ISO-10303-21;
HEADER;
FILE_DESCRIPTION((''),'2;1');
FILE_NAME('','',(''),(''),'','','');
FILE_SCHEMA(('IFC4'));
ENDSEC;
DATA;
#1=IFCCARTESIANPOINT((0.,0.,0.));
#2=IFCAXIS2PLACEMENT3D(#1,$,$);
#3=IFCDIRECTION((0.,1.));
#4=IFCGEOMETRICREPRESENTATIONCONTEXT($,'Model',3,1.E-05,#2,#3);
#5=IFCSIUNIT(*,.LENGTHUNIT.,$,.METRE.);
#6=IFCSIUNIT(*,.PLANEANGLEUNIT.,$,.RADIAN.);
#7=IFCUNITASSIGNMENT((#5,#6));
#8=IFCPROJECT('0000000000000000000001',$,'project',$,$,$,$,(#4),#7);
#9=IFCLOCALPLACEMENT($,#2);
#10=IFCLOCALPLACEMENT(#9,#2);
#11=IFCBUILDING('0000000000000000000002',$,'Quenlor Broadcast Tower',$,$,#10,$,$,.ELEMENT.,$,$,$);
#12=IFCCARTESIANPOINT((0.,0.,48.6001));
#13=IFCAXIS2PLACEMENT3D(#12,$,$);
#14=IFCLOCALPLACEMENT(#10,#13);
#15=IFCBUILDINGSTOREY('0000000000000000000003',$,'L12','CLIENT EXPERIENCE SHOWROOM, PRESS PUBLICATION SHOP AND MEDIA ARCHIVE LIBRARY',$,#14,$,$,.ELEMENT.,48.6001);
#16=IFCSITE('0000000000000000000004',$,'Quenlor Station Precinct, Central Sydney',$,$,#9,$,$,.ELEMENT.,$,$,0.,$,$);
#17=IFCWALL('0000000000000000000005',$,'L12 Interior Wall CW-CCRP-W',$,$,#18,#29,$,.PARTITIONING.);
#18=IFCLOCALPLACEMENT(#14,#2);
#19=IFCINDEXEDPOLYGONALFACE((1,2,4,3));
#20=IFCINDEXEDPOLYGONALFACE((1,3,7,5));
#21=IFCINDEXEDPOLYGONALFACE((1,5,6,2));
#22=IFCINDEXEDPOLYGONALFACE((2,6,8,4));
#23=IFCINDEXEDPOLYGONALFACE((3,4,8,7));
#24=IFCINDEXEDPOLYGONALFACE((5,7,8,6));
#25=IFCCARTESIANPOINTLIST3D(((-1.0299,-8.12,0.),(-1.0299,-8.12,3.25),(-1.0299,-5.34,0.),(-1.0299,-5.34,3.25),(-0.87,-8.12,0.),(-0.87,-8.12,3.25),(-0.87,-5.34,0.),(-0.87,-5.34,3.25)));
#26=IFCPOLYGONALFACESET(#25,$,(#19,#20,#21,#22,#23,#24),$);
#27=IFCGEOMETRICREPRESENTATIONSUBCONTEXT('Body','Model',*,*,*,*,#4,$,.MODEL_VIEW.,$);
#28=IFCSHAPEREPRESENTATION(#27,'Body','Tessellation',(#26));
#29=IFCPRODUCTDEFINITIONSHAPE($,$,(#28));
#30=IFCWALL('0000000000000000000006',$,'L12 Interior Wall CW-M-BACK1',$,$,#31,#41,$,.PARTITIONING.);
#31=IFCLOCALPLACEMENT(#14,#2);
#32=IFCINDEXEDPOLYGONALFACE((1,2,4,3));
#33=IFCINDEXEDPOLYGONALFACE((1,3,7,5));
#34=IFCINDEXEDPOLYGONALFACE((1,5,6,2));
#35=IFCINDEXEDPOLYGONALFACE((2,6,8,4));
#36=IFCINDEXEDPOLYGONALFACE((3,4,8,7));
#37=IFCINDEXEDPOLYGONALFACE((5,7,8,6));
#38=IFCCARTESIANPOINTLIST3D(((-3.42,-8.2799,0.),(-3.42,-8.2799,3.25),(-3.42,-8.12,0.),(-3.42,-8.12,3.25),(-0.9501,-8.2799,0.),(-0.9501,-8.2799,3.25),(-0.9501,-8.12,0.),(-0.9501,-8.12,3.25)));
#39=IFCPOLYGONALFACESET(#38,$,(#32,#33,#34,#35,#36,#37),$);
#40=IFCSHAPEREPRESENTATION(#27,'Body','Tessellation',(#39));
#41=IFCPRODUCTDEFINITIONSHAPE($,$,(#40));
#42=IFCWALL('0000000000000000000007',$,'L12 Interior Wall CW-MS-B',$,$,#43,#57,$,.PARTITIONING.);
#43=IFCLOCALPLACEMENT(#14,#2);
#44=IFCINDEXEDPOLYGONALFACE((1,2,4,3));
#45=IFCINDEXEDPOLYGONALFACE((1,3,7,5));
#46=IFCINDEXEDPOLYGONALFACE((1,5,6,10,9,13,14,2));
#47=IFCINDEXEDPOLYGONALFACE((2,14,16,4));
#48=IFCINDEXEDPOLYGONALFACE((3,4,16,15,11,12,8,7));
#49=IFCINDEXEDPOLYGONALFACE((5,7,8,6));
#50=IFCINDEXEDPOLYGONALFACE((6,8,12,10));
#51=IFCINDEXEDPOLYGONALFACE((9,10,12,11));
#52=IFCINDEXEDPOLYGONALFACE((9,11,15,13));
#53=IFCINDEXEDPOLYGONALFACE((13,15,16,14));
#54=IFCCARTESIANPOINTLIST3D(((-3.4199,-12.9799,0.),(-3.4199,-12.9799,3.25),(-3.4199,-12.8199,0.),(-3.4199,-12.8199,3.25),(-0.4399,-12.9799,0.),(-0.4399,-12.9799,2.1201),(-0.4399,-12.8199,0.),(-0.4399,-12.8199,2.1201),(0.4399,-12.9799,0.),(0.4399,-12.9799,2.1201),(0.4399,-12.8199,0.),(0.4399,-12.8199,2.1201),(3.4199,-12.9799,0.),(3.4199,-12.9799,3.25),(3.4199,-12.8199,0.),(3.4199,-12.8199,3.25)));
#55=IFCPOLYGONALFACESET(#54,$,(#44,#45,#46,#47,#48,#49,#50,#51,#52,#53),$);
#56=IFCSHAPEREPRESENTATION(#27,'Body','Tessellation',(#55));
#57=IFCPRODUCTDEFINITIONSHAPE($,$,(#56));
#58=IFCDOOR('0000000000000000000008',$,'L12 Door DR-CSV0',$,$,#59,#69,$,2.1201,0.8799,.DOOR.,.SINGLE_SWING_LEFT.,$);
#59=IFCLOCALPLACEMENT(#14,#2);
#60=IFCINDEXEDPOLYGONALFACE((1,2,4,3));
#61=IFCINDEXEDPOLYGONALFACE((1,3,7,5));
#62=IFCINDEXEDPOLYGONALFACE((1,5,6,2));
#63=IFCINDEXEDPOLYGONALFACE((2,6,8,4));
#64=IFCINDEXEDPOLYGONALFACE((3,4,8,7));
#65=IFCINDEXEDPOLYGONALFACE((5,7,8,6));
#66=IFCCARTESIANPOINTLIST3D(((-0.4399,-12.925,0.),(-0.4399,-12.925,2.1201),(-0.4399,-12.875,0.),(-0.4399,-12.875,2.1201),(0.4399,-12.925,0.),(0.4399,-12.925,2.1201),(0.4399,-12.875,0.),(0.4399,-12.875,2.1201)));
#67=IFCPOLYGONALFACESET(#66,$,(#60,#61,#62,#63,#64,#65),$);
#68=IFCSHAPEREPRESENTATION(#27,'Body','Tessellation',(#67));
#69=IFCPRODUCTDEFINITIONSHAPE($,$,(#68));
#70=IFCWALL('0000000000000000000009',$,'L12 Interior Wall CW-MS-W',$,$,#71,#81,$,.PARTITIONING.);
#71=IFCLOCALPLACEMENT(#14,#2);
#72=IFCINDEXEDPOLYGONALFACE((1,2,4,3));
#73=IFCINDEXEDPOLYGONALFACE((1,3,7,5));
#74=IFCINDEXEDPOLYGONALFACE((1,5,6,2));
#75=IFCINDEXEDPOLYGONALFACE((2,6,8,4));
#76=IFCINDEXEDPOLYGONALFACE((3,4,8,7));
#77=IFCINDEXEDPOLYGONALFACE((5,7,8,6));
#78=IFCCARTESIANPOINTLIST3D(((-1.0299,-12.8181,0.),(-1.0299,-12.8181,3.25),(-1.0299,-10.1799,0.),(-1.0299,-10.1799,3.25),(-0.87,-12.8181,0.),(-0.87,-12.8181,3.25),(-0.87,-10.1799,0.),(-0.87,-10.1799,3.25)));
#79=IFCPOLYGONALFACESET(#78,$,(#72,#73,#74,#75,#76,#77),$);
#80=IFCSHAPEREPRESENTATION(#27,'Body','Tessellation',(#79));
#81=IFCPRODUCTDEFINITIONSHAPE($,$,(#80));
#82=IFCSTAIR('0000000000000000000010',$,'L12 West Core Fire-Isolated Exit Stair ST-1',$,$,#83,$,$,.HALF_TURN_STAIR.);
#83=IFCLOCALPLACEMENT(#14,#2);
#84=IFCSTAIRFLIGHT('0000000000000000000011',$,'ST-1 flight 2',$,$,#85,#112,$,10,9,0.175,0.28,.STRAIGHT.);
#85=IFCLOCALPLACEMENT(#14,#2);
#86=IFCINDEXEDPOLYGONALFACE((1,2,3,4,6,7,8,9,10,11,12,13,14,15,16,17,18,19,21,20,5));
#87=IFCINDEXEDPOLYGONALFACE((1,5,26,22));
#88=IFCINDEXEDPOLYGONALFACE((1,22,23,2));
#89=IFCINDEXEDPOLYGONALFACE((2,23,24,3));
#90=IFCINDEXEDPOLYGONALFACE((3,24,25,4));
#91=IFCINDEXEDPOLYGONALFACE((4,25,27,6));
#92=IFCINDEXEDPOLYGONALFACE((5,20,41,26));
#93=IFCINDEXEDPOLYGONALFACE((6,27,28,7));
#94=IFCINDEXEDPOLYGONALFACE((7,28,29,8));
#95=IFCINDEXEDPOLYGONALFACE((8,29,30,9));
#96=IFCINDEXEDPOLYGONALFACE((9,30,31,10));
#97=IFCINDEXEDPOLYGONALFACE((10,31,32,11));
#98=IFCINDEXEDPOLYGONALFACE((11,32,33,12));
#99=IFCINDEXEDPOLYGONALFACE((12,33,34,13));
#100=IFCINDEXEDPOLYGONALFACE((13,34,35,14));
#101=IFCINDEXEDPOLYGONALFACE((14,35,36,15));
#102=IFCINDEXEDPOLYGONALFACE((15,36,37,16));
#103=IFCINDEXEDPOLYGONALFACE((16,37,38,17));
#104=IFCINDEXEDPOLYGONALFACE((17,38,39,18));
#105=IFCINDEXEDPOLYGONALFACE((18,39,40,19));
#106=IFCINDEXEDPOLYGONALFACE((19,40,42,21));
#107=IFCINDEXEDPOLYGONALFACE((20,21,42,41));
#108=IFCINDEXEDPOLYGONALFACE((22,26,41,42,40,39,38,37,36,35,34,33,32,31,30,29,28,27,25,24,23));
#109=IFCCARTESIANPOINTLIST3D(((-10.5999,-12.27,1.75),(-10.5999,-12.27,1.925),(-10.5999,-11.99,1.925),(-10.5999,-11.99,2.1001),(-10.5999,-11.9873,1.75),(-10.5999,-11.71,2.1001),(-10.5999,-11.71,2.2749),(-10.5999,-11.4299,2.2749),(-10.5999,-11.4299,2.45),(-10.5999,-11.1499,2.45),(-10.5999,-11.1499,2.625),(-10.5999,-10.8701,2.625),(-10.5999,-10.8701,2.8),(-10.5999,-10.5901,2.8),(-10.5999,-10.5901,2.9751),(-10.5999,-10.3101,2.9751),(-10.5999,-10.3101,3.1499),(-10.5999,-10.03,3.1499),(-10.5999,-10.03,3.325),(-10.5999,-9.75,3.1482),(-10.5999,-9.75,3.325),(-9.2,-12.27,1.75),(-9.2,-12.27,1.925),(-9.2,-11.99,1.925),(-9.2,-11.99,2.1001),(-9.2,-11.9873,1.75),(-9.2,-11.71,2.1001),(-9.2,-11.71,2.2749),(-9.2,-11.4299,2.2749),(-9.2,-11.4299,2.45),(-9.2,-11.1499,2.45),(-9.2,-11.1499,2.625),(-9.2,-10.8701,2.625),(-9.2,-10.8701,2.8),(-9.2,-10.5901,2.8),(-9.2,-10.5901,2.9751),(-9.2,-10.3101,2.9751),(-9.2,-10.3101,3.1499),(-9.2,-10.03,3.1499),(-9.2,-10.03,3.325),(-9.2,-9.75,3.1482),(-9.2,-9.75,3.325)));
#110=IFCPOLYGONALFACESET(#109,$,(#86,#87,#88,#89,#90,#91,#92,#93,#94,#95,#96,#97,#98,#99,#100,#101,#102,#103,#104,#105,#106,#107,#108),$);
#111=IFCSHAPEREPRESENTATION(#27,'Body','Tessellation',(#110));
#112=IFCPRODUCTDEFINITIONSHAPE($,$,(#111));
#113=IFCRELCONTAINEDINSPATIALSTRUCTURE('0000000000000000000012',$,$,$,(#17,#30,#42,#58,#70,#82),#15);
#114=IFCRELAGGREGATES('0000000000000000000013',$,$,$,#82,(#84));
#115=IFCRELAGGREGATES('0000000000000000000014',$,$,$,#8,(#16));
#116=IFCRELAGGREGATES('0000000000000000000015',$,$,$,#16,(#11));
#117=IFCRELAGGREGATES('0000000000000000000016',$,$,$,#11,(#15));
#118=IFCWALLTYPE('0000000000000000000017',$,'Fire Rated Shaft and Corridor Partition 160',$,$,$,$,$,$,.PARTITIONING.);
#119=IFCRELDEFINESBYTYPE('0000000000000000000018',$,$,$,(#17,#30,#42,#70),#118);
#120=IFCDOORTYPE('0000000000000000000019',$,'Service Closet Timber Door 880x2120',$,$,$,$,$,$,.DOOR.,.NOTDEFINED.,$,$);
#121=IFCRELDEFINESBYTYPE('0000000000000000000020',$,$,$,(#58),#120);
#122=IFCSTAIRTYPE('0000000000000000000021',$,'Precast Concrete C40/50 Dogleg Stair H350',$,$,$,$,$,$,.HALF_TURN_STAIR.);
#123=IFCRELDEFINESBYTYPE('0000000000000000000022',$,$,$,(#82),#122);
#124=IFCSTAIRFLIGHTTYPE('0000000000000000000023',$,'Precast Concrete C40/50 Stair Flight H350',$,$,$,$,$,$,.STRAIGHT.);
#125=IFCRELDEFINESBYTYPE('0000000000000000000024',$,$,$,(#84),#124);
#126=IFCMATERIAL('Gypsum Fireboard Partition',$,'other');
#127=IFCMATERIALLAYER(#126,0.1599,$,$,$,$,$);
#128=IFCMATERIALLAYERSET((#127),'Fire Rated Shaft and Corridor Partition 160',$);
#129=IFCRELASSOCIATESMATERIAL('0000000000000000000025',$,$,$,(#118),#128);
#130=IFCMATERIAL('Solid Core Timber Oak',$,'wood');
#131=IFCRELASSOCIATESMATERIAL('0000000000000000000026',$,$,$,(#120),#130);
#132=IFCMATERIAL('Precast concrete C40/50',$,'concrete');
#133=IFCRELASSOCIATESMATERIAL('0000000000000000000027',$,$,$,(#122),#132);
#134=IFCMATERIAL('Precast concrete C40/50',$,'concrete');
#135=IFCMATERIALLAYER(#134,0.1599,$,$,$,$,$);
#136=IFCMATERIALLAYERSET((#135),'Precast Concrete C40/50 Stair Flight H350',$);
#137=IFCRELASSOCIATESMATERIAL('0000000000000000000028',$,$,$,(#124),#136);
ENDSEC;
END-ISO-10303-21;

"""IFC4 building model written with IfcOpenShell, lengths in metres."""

from ifc_helpers import new_model, si_unit, direction, frame, frame_2d, origin, place, context, subcontext, project, spatial, polyline, rectangle, outline, extrude, material, layer, layer_set, type_object, element, fill, aggregate, save


model = new_model("IFC4")

# Units and contexts
model_context = context("Model", 3, precision=1e-05, world=origin(), true_north=direction((0.0, 1.0)))
body_context = subcontext(model_context, "Body", "Model", "MODEL_VIEW")
ifc_project = project(units=[si_unit("LENGTHUNIT", "METRE"), si_unit("PLANEANGLEUNIT", "RADIAN")], contexts=[model_context])

# Site, building, storey
site_placement = place(None, origin())
site = spatial("IfcSite", under=ifc_project, at=site_placement, Name="Quenlor Station Precinct, Central Sydney", CompositionType="ELEMENT", RefElevation=0.0)
building_placement = place(site_placement, origin())
building = spatial("IfcBuilding", under=site, at=building_placement, Name="Quenlor Broadcast Tower", CompositionType="ELEMENT")
storey_placement = place(building_placement, frame((0.0, 0.0, 48.6001)))
storey = spatial("IfcBuildingStorey", under=building, at=storey_placement, Name="L12", Description="CLIENT EXPERIENCE SHOWROOM, PRESS PUBLICATION SHOP AND MEDIA ARCHIVE LIBRARY", CompositionType="ELEMENT", Elevation=48.6001)

# Walls
ifc_material_1 = material(Name="Gypsum Fireboard Partition", Category="other")
ifc_layer_1 = layer(ifc_material_1, 0.1599)
ifc_layer_set_1 = layer_set([ifc_layer_1], Name="Fire Rated Shaft and Corridor Partition 160")
wall_type_1 = type_object("IfcWallType", Name="Fire Rated Shaft and Corridor Partition 160", PredefinedType="PARTITIONING", material=ifc_layer_set_1)
wall_1_placement = place(storey_placement, frame((-0.95, -8.1201, 0.0), z_axis=(0.0, 0.0, 1.0), x_axis=(0.0, 1.0, 0.0)))
element("IfcWall", 1, at=wall_1_placement, inside=storey, type_object=wall_type_1, Name="L12 Interior Wall CW-CCRP-W", PredefinedType="PARTITIONING", context=body_context, shape_type="SweptSolid", body=[
    extrude(rectangle(XDim=2.78, YDim=0.1599, at=frame_2d((1.3901, 0.0))), origin(), (0.0, 0.0, 1.0), 3.25),
])
wall_2_placement = place(storey_placement, frame((-3.4199, -8.2, 0.0), z_axis=(0.0, 0.0, 1.0), x_axis=(1.0, 0.0, 0.0)))
element("IfcWall", 2, at=wall_2_placement, inside=storey, type_object=wall_type_1, Name="L12 Interior Wall CW-M-BACK1", PredefinedType="PARTITIONING", context=body_context, shape_type="SweptSolid", body=[
    extrude(rectangle(XDim=2.47, YDim=0.1599, at=frame_2d((1.2349, 0.0))), origin(), (0.0, 0.0, 1.0), 3.25),
])

# Wall, opening, door
wall_3_placement = place(storey_placement, frame((-3.4199, -12.8999, 0.0), z_axis=(0.0, 0.0, 1.0), x_axis=(1.0, 0.0, 0.0)))
wall_3 = element("IfcWall", 3, at=wall_3_placement, inside=storey, type_object=wall_type_1, Name="L12 Interior Wall CW-MS-B", PredefinedType="PARTITIONING", context=body_context, shape_type="SweptSolid", body=[
    extrude(rectangle(XDim=6.8398, YDim=0.1599, at=frame_2d((3.4199, 0.0))), origin(), (0.0, 0.0, 1.0), 3.25),
])
opening_1_placement = place(wall_3_placement, frame((2.98, 0.0, 0.0)))
opening_1 = element("IfcOpeningElement", 4, at=opening_1_placement, cuts=wall_3, PredefinedType="OPENING", context=body_context, shape_type="SweptSolid", body=[
    extrude(rectangle(XDim=0.8799, YDim=2.1201, at=frame_2d((0.4399, 1.0601))), frame((0.0, 0.0898, 0.0), z_axis=(0.0, -1.0, 0.0), x_axis=(1.0, 0.0, 0.0)), (0.0, 0.0, 1.0), 0.1799),
])
ifc_material_2 = material(Name="Solid Core Timber Oak", Category="wood")
door_type_1 = type_object("IfcDoorType", Name="Service Closet Timber Door 880x2120", OperationType="NOTDEFINED", PredefinedType="DOOR", material=ifc_material_2)
door_1_placement = place(opening_1_placement, origin())
door_1 = element("IfcDoor", 5, at=door_1_placement, inside=storey, type_object=door_type_1, Name="L12 Door DR-CSV0", OperationType="SINGLE_SWING_LEFT", OverallHeight=2.1201, OverallWidth=0.8799, PredefinedType="DOOR", context=body_context, shape_type="SweptSolid", body=[
    extrude(rectangle(XDim=0.8799, YDim=2.1201, at=frame_2d((0.4399, 1.0601))), frame((0.0, 0.0249, 0.0), z_axis=(0.0, -1.0, 0.0), x_axis=(1.0, 0.0, 0.0)), (0.0, 0.0, 1.0), 0.05),
])
fill(opening_1, door_1)

# Wall
wall_4_placement = place(storey_placement, frame((-0.95, -12.8181, 0.0), z_axis=(0.0, 0.0, 1.0), x_axis=(0.0, 1.0, 0.0)))
element("IfcWall", 6, at=wall_4_placement, inside=storey, type_object=wall_type_1, Name="L12 Interior Wall CW-MS-W", PredefinedType="PARTITIONING", context=body_context, shape_type="SweptSolid", body=[
    extrude(rectangle(XDim=2.6382, YDim=0.1599, at=frame_2d((1.3191, 0.0))), origin(), (0.0, 0.0, 1.0), 3.25),
])

# Stair, stair flight
ifc_material_3 = material(Name="Precast concrete C40/50", Category="concrete")
stair_type = type_object("IfcStairType", Name="Precast Concrete C40/50 Dogleg Stair H350", PredefinedType="HALF_TURN_STAIR", material=ifc_material_3)
stair_placement = place(storey_placement, origin())
stair = element("IfcStair", 7, at=stair_placement, inside=storey, type_object=stair_type, Name="L12 West Core Fire-Isolated Exit Stair ST-1", PredefinedType="HALF_TURN_STAIR")
ifc_material_4 = material(Name="Precast concrete C40/50", Category="concrete")
ifc_layer_2 = layer(ifc_material_4, 0.1599)
ifc_layer_set_2 = layer_set([ifc_layer_2], Name="Precast Concrete C40/50 Stair Flight H350")
stair_flight_type = type_object("IfcStairFlightType", Name="Precast Concrete C40/50 Stair Flight H350", PredefinedType="STRAIGHT", material=ifc_layer_set_2)
stair_flight_placement = place(storey_placement, frame((-9.8999, -12.27, 1.75), z_axis=(0.0, 0.0, 1.0), x_axis=(0.0, 1.0, 0.0)))
stair_flight = element("IfcStairFlight", 8, at=stair_flight_placement, type_object=stair_flight_type, Name="ST-1 flight 2", NumberOfRisers=10, NumberOfTreads=9, PredefinedType="STRAIGHT", RiserHeight=0.175, TreadLength=0.28, context=body_context, shape_type="SweptSolid", body=[
    extrude(outline(polyline([(0.0, 0.0), (0.0, 0.175), (0.28, 0.175), (0.28, 0.3501), (0.5601, 0.3501), (0.5601, 0.5249), (0.8401, 0.5249), (0.8401, 0.7), (1.1201, 0.7), (1.1201, 0.875), (1.3999, 0.875), (1.3999, 1.05), (1.6799, 1.05), (1.6799, 1.2251), (1.96, 1.2251), (1.96, 1.3999), (2.24, 1.3999), (2.24, 1.575), (2.52, 1.575), (2.52, 1.75), (2.52, 1.3982), (0.2827, 0.0), (0.0, 0.0)])), frame((0.0, 0.7, 0.0), z_axis=(0.0, -1.0, 0.0), x_axis=(1.0, 0.0, 0.0)), (0.0, 0.0, 1.0), 1.3999),
])
aggregate(stair, [stair_flight])

save(model, "model.ifc")
